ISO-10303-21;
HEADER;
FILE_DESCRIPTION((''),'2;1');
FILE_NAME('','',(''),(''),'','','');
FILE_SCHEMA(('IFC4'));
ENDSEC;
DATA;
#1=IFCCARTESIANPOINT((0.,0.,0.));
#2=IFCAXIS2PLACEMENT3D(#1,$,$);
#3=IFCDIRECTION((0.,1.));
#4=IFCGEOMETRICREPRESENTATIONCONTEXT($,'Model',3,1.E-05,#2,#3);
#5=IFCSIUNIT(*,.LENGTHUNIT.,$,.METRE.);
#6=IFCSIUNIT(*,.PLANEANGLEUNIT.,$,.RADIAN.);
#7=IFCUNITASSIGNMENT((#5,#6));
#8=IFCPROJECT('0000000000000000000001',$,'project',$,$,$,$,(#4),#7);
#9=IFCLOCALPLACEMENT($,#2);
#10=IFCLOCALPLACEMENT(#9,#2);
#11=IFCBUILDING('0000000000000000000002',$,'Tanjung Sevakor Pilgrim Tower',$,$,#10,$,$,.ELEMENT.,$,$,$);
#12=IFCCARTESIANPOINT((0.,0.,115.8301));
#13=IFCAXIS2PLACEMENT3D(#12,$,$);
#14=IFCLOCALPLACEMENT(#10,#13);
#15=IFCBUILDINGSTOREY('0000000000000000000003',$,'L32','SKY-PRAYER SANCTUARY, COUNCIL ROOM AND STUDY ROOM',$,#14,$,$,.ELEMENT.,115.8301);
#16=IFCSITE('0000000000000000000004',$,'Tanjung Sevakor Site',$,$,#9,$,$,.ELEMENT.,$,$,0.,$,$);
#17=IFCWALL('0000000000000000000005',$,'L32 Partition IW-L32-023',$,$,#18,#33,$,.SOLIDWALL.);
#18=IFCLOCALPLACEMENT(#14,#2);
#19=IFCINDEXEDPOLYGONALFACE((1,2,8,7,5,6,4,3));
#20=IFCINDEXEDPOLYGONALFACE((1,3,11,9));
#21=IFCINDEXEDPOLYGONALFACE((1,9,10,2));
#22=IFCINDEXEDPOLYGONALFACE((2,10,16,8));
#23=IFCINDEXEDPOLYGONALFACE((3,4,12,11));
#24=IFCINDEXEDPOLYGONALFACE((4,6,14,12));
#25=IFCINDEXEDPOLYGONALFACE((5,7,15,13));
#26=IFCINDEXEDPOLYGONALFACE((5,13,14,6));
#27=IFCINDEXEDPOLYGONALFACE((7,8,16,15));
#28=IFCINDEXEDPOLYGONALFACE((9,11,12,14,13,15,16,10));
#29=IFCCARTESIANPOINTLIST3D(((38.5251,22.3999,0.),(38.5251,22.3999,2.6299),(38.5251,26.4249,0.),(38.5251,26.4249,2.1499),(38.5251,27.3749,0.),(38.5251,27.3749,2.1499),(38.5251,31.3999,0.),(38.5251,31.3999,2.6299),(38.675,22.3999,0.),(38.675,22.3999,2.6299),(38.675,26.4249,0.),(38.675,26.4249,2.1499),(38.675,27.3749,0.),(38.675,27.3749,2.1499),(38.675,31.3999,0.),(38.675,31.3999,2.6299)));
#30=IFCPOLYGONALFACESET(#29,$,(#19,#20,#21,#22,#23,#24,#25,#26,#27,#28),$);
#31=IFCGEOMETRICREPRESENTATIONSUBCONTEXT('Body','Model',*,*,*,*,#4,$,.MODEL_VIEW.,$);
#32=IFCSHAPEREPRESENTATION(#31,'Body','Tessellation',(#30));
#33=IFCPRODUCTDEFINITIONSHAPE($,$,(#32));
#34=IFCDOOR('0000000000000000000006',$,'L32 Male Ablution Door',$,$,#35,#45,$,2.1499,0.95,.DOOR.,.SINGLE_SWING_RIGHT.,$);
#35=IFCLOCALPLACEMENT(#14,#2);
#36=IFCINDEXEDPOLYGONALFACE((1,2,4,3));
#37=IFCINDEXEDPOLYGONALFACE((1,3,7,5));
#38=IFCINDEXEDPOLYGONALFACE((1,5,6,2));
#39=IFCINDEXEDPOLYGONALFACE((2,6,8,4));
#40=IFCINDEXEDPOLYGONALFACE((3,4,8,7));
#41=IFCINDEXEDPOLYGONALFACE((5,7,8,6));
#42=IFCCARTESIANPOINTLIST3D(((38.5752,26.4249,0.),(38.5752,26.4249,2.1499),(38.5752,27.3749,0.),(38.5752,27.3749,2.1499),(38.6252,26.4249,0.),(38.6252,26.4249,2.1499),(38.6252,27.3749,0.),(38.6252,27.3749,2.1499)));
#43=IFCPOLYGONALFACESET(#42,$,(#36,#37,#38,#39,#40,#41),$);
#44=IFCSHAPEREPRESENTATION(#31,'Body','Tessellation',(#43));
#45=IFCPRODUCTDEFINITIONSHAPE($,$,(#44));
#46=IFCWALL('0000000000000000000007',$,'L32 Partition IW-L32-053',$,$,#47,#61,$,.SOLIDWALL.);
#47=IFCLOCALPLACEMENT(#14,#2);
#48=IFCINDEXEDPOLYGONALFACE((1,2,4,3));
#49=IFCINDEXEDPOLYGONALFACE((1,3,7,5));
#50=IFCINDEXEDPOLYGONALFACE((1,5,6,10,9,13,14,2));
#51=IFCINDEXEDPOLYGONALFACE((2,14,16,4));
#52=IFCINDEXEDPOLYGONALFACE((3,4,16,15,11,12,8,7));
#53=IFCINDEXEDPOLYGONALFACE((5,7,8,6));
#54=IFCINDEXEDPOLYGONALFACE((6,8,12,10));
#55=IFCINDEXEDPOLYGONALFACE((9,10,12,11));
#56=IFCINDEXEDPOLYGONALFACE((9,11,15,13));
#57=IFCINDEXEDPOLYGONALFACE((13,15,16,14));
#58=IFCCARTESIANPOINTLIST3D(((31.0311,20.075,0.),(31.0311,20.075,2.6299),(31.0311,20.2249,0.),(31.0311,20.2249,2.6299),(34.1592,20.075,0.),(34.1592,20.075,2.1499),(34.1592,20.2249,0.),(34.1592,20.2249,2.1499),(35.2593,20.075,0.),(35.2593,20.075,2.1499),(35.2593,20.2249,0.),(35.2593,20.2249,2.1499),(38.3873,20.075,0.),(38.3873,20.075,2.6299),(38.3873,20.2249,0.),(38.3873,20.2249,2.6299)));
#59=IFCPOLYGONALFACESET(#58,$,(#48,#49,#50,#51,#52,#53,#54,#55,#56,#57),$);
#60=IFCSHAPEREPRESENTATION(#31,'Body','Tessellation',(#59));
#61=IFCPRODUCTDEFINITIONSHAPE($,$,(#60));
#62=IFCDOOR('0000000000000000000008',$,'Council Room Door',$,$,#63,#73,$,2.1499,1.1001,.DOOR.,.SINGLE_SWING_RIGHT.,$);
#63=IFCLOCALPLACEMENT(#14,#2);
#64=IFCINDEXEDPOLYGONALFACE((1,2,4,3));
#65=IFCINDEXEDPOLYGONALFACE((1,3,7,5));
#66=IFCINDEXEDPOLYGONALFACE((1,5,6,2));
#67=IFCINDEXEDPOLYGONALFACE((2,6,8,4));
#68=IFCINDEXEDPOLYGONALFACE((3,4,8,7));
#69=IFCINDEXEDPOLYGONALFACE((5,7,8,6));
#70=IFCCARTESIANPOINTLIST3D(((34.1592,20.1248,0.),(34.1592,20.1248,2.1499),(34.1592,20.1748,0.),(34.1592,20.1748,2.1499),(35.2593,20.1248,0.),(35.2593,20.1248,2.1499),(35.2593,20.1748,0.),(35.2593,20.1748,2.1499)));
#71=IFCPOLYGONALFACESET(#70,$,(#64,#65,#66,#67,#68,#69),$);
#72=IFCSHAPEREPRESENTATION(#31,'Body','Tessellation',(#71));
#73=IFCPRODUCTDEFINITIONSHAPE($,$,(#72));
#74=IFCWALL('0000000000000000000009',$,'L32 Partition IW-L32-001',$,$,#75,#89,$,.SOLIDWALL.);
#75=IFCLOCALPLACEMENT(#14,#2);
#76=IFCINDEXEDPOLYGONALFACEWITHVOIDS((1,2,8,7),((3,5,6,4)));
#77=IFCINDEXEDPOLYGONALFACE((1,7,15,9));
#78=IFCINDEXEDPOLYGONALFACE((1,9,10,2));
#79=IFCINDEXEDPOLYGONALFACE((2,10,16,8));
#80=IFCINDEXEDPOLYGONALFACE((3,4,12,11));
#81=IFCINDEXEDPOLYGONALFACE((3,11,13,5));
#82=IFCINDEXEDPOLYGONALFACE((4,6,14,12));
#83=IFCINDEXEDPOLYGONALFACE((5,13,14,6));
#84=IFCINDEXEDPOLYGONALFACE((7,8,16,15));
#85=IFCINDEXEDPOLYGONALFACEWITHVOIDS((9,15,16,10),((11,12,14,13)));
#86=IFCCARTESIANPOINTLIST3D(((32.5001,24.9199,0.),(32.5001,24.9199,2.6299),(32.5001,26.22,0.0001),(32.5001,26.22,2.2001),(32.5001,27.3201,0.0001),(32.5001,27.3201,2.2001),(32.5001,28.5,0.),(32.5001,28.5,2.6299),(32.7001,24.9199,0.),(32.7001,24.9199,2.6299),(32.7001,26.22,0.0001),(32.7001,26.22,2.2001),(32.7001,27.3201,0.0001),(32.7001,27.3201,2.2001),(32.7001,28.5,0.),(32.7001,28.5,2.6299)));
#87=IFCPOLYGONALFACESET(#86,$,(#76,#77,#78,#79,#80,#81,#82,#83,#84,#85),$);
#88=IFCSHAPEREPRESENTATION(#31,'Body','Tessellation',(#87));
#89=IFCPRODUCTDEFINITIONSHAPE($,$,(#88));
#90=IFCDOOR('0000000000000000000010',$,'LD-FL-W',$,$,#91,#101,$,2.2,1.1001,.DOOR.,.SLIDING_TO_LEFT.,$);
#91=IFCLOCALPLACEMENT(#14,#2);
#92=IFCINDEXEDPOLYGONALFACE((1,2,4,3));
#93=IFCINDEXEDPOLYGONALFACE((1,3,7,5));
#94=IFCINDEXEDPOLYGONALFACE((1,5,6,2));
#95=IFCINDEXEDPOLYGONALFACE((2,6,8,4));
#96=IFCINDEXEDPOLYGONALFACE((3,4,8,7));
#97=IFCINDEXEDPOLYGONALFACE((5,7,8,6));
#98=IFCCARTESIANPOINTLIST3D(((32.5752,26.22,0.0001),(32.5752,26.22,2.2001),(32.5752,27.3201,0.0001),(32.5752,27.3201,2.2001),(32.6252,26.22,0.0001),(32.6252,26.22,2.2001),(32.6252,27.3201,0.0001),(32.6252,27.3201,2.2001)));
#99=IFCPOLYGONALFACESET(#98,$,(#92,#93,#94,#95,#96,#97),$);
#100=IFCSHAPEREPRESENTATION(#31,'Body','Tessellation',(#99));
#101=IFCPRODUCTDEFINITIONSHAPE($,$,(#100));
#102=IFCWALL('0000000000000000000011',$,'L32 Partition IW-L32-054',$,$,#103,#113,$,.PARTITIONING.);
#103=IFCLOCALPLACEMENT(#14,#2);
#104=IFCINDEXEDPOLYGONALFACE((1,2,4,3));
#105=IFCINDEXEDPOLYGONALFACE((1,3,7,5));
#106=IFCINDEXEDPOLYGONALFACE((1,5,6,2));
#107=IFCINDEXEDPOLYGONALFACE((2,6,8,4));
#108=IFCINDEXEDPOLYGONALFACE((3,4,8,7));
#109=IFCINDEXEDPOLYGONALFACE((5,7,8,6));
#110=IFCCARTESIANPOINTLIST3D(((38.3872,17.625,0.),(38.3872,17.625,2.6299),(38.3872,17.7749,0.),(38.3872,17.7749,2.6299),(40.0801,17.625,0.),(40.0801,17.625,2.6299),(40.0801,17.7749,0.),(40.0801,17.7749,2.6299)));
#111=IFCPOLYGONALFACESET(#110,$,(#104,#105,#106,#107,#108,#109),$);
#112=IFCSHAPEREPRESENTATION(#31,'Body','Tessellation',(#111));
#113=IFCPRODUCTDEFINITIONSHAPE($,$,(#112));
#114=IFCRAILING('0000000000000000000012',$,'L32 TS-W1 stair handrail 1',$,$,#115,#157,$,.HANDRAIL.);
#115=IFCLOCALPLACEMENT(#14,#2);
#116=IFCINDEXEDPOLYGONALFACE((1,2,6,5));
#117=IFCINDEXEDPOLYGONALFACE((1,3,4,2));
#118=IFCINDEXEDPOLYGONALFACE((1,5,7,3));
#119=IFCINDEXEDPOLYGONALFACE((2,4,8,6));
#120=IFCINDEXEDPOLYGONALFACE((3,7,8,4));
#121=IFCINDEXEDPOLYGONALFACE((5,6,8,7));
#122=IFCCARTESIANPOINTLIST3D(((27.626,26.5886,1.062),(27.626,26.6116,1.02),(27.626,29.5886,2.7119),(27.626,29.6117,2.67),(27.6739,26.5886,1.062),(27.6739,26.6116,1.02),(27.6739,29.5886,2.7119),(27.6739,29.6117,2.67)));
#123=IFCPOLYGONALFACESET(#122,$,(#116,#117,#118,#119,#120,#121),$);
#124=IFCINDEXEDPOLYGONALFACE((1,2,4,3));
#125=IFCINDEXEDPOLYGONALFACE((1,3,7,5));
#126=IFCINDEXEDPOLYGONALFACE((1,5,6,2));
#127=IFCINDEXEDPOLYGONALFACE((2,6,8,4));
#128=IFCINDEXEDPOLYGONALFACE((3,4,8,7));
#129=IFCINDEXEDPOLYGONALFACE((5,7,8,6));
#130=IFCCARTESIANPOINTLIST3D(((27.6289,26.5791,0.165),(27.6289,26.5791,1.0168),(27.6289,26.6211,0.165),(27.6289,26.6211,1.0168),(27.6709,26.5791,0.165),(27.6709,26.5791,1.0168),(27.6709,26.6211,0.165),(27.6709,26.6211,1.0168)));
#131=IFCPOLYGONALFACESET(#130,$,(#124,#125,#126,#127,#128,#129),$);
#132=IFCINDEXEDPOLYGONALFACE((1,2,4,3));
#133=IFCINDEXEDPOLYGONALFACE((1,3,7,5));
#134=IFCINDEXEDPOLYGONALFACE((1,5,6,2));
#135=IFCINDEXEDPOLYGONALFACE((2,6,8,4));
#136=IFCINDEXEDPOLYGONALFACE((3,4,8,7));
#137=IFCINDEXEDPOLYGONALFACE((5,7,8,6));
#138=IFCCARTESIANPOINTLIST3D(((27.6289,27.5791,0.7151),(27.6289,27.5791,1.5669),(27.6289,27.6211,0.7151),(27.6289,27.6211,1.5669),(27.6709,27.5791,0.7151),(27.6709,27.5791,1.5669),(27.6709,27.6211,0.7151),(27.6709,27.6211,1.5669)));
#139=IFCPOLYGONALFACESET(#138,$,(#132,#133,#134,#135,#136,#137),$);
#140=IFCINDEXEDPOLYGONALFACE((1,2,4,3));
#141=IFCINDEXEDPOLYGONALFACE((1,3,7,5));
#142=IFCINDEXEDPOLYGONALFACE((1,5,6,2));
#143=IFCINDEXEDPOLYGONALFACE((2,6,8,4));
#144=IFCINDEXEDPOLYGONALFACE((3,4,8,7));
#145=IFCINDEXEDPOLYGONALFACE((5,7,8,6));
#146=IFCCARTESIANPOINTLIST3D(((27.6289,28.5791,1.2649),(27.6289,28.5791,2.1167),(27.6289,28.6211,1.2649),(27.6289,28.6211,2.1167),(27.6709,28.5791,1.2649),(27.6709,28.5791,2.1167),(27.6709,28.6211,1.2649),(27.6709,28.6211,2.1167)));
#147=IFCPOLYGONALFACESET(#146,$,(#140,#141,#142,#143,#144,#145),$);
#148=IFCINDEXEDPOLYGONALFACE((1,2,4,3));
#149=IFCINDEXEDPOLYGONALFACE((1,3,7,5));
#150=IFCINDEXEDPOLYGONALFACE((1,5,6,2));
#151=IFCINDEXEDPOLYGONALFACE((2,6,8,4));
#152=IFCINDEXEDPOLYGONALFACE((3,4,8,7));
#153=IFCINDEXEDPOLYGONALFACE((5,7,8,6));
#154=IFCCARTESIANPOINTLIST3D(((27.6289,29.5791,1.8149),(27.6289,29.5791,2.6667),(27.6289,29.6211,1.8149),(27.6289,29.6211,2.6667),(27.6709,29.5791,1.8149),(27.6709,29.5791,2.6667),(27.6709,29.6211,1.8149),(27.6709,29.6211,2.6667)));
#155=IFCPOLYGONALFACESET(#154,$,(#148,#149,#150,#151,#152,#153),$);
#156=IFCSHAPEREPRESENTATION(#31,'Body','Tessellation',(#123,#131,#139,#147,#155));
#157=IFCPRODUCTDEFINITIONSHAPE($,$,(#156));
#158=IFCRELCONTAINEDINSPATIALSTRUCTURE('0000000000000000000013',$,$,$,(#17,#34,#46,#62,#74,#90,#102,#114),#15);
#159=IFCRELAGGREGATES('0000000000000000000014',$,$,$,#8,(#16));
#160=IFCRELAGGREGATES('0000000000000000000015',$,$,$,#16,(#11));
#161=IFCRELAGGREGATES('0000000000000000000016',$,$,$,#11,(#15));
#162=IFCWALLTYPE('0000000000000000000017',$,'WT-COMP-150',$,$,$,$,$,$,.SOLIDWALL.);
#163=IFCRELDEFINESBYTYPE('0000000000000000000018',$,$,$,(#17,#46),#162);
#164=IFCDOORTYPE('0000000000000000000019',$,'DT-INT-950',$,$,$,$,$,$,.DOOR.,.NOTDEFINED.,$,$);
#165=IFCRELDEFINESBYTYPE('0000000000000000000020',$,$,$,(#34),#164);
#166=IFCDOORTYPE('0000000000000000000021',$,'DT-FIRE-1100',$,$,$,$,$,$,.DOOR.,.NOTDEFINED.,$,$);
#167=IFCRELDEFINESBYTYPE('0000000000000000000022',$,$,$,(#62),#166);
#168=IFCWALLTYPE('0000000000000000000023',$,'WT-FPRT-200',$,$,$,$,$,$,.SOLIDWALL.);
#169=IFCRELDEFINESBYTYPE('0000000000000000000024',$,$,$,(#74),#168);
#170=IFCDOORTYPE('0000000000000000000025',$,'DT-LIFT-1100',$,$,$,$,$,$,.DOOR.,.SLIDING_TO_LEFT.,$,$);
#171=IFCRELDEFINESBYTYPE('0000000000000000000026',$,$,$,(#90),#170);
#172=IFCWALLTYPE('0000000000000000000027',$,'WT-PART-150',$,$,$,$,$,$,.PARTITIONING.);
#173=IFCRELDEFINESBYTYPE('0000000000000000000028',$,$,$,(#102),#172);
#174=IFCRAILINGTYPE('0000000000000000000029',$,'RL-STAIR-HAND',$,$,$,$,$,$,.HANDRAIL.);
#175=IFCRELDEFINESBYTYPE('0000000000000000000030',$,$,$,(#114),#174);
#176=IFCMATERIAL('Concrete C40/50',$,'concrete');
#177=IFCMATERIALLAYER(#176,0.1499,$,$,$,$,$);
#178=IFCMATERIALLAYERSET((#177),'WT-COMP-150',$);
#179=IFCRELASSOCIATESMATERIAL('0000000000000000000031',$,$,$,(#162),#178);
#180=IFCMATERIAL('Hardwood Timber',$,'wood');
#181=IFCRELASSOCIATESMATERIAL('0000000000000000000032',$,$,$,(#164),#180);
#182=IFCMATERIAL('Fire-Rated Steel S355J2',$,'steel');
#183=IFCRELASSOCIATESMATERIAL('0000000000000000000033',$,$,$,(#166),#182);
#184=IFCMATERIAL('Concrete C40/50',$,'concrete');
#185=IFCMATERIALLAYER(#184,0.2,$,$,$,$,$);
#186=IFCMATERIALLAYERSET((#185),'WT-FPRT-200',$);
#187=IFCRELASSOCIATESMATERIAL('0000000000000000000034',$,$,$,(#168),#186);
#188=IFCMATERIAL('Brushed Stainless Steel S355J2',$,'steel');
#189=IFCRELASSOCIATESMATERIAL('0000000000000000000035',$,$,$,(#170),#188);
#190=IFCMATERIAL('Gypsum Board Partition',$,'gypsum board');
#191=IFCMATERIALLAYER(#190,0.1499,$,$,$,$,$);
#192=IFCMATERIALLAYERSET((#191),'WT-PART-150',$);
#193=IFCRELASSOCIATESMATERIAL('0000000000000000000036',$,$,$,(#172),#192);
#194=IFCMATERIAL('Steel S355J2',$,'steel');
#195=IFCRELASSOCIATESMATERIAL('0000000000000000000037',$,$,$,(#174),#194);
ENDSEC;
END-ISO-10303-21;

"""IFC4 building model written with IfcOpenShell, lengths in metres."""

from ifc_helpers import new_model, si_unit, direction, frame, frame_2d, origin, place, context, subcontext, project, spatial, rectangle, extrude, material, layer, layer_set, type_object, element, fill, save


model = new_model("IFC4")

# Units and contexts
model_context = context("Model", 3, precision=1e-05, world=origin(), true_north=direction((0.0, 1.0)))
body_context = subcontext(model_context, "Body", "Model", "MODEL_VIEW")
ifc_project = project(units=[si_unit("LENGTHUNIT", "METRE"), si_unit("PLANEANGLEUNIT", "RADIAN")], contexts=[model_context])

# Site, building, storey
site_placement = place(None, origin())
site = spatial("IfcSite", under=ifc_project, at=site_placement, Name="Tanjung Sevakor Site", CompositionType="ELEMENT", RefElevation=0.0)
building_placement = place(site_placement, origin())
building = spatial("IfcBuilding", under=site, at=building_placement, Name="Tanjung Sevakor Pilgrim Tower", CompositionType="ELEMENT")
storey_placement = place(building_placement, frame((0.0, 0.0, 115.8301)))
storey = spatial("IfcBuildingStorey", under=building, at=storey_placement, Name="L32", Description="SKY-PRAYER SANCTUARY, COUNCIL ROOM AND STUDY ROOM", CompositionType="ELEMENT", Elevation=115.8301)

# Shared definitions
ifc_material_1 = material(Name="Concrete C40/50", Category="concrete")
ifc_layer_1 = layer(ifc_material_1, 0.1499)
ifc_layer_set_1 = layer_set([ifc_layer_1], Name="WT-COMP-150")
wall_type_1 = type_object("IfcWallType", Name="WT-COMP-150", PredefinedType="SOLIDWALL", material=ifc_layer_set_1)

# Walls, openings, doors
wall_1_placement = place(storey_placement, frame((38.6001, 22.3999, 0.0), z_axis=(0.0, 0.0, 1.0), x_axis=(0.0, 1.0, 0.0)))
wall_1 = element("IfcWall", 1, at=wall_1_placement, inside=storey, type_object=wall_type_1, Name="L32 Partition IW-L32-023", PredefinedType="SOLIDWALL", context=body_context, shape_type="SweptSolid", body=[
    extrude(rectangle(XDim=9.0, YDim=0.1499, at=frame_2d((4.5, 0.0))), origin(), (0.0, 0.0, 1.0), 2.6299),
])
opening_1_placement = place(wall_1_placement, frame((4.0249, 0.0, 0.0)))
opening_1 = element("IfcOpeningElement", 2, at=opening_1_placement, cuts=wall_1, PredefinedType="OPENING", context=body_context, shape_type="SweptSolid", body=[
    extrude(rectangle(XDim=0.95, YDim=2.1499, at=frame_2d((0.4751, 1.075))), frame((0.0, 0.085, 0.0), z_axis=(0.0, -1.0, 0.0), x_axis=(1.0, 0.0, 0.0)), (0.0, 0.0, 1.0), 0.1699),
])
ifc_material_2 = material(Name="Hardwood Timber", Category="wood")
door_type_1 = type_object("IfcDoorType", Name="DT-INT-950", OperationType="NOTDEFINED", PredefinedType="DOOR", material=ifc_material_2)
door_1_placement = place(opening_1_placement, origin())
door_1 = element("IfcDoor", 3, at=door_1_placement, inside=storey, type_object=door_type_1, Name="L32 Male Ablution Door", OperationType="SINGLE_SWING_RIGHT", OverallHeight=2.1499, OverallWidth=0.95, PredefinedType="DOOR", context=body_context, shape_type="SweptSolid", body=[
    extrude(rectangle(XDim=0.95, YDim=2.1499, at=frame_2d((0.4751, 1.075))), frame((0.0, 0.0249, 0.0), z_axis=(0.0, -1.0, 0.0), x_axis=(1.0, 0.0, 0.0)), (0.0, 0.0, 1.0), 0.05),
])
fill(opening_1, door_1)
wall_2_placement = place(storey_placement, frame((31.031, 20.1499, 0.0), z_axis=(0.0, 0.0, 1.0), x_axis=(1.0, 0.0, 0.0)))
wall_2 = element("IfcWall", 4, at=wall_2_placement, inside=storey, type_object=wall_type_1, Name="L32 Partition IW-L32-053", PredefinedType="SOLIDWALL", context=body_context, shape_type="SweptSolid", body=[
    extrude(rectangle(XDim=7.3562, YDim=0.1499, at=frame_2d((3.6782, 0.0))), origin(), (0.0, 0.0, 1.0), 2.6299),
])
opening_2_placement = place(wall_2_placement, frame((3.1282, 0.0, 0.0)))
opening_2 = element("IfcOpeningElement", 5, at=opening_2_placement, cuts=wall_2, PredefinedType="OPENING", context=body_context, shape_type="SweptSolid", body=[
    extrude(rectangle(XDim=1.1001, YDim=2.1499, at=frame_2d((0.55, 1.075))), frame((0.0, 0.085, 0.0), z_axis=(0.0, -1.0, 0.0), x_axis=(1.0, 0.0, 0.0)), (0.0, 0.0, 1.0), 0.1699),
])
ifc_material_3 = material(Name="Fire-Rated Steel S355J2", Category="steel")
door_type_2 = type_object("IfcDoorType", Name="DT-FIRE-1100", OperationType="NOTDEFINED", PredefinedType="DOOR", material=ifc_material_3)
door_2_placement = place(opening_2_placement, origin())
door_2 = element("IfcDoor", 6, at=door_2_placement, inside=storey, type_object=door_type_2, Name="Council Room Door", OperationType="SINGLE_SWING_RIGHT", OverallHeight=2.1499, OverallWidth=1.1001, PredefinedType="DOOR", context=body_context, shape_type="SweptSolid", body=[
    extrude(rectangle(XDim=1.1001, YDim=2.1499, at=frame_2d((0.55, 1.075))), frame((0.0, 0.0249, 0.0), z_axis=(0.0, -1.0, 0.0), x_axis=(1.0, 0.0, 0.0)), (0.0, 0.0, 1.0), 0.05),
])
fill(opening_2, door_2)
ifc_material_4 = material(Name="Concrete C40/50", Category="concrete")
ifc_layer_2 = layer(ifc_material_4, 0.2)
ifc_layer_set_2 = layer_set([ifc_layer_2], Name="WT-FPRT-200")
wall_type_2 = type_object("IfcWallType", Name="WT-FPRT-200", PredefinedType="SOLIDWALL", material=ifc_layer_set_2)
wall_3_placement = place(storey_placement, frame((32.6001, 24.9199, 0.0), z_axis=(0.0, 0.0, 1.0), x_axis=(0.0, 1.0, 0.0)))
wall_3 = element("IfcWall", 7, at=wall_3_placement, inside=storey, type_object=wall_type_2, Name="L32 Partition IW-L32-001", PredefinedType="SOLIDWALL", context=body_context, shape_type="SweptSolid", body=[
    extrude(rectangle(XDim=3.5801, YDim=0.2, at=frame_2d((1.79, 0.0))), origin(), (0.0, 0.0, 1.0), 2.6299),
])
opening_3_placement = place(wall_3_placement, frame((1.3, 0.0, 0.0)))
opening_3 = element("IfcOpeningElement", 8, at=opening_3_placement, cuts=wall_3, PredefinedType="OPENING", context=body_context, shape_type="SweptSolid", body=[
    extrude(rectangle(XDim=1.1001, YDim=2.2, at=frame_2d((0.55, 1.1001))), frame((0.0, 0.1099, 0.0), z_axis=(0.0, -1.0, 0.0), x_axis=(1.0, 0.0, 0.0)), (0.0, 0.0, 1.0), 0.22),
])
ifc_material_5 = material(Name="Brushed Stainless Steel S355J2", Category="steel")
door_type_3 = type_object("IfcDoorType", Name="DT-LIFT-1100", OperationType="SLIDING_TO_LEFT", PredefinedType="DOOR", material=ifc_material_5)
door_3_placement = place(opening_3_placement, origin())
door_3 = element("IfcDoor", 9, at=door_3_placement, inside=storey, type_object=door_type_3, Name="LD-FL-W", OperationType="SLIDING_TO_LEFT", OverallHeight=2.2, OverallWidth=1.1001, PredefinedType="DOOR", context=body_context, shape_type="SweptSolid", body=[
    extrude(rectangle(XDim=1.1001, YDim=2.2, at=frame_2d((0.55, 1.1001))), frame((0.0, 0.0249, 0.0), z_axis=(0.0, -1.0, 0.0), x_axis=(1.0, 0.0, 0.0)), (0.0, 0.0, 1.0), 0.05),
])
fill(opening_3, door_3)

# Wall
ifc_material_6 = material(Name="Gypsum Board Partition", Category="gypsum board")
ifc_layer_3 = layer(ifc_material_6, 0.1499)
ifc_layer_set_3 = layer_set([ifc_layer_3], Name="WT-PART-150")
wall_type_3 = type_object("IfcWallType", Name="WT-PART-150", PredefinedType="PARTITIONING", material=ifc_layer_set_3)
wall_4_placement = place(storey_placement, frame((38.3872, 17.7, 0.0), z_axis=(0.0, 0.0, 1.0), x_axis=(1.0, 0.0, 0.0)))
element("IfcWall", 10, at=wall_4_placement, inside=storey, type_object=wall_type_3, Name="L32 Partition IW-L32-054", PredefinedType="PARTITIONING", context=body_context, shape_type="SweptSolid", body=[
    extrude(rectangle(XDim=1.6929, YDim=0.1499, at=frame_2d((0.8464, 0.0))), origin(), (0.0, 0.0, 1.0), 2.6299),
])

# Railing
ifc_material_7 = material(Name="Steel S355J2", Category="steel")
railing_type = type_object("IfcRailingType", Name="RL-STAIR-HAND", PredefinedType="HANDRAIL", material=ifc_material_7)
railing_placement = place(storey_placement, frame((27.6499, 26.6001, 0.165)))
element("IfcRailing", 11, at=railing_placement, inside=storey, type_object=railing_type, Name="L32 TS-W1 stair handrail 1", PredefinedType="HANDRAIL", context=body_context, shape_type="SweptSolid", body=[
    extrude(rectangle(XDim=0.0479, YDim=0.0479), frame((0.0, 0.0, 0.876), z_axis=(0.0, 0.876228, 0.481897), x_axis=(-1.0, 0.0, 0.0)), (0.0, 0.0, 1.0), 3.4238),
    extrude(rectangle(XDim=0.042, YDim=0.042), origin(), (0.0, 0.0, 1.0), 0.8518),
    extrude(rectangle(XDim=0.042, YDim=0.042), frame((0.0, 1.0, 0.55)), (0.0, 0.0, 1.0), 0.8518),
    extrude(rectangle(XDim=0.042, YDim=0.042), frame((0.0, 2.0, 1.0999)), (0.0, 0.0, 1.0), 0.8518),
    extrude(rectangle(XDim=0.042, YDim=0.042), frame((0.0, 3.0, 1.6499)), (0.0, 0.0, 1.0), 0.8518),
])

save(model, "model.ifc")
